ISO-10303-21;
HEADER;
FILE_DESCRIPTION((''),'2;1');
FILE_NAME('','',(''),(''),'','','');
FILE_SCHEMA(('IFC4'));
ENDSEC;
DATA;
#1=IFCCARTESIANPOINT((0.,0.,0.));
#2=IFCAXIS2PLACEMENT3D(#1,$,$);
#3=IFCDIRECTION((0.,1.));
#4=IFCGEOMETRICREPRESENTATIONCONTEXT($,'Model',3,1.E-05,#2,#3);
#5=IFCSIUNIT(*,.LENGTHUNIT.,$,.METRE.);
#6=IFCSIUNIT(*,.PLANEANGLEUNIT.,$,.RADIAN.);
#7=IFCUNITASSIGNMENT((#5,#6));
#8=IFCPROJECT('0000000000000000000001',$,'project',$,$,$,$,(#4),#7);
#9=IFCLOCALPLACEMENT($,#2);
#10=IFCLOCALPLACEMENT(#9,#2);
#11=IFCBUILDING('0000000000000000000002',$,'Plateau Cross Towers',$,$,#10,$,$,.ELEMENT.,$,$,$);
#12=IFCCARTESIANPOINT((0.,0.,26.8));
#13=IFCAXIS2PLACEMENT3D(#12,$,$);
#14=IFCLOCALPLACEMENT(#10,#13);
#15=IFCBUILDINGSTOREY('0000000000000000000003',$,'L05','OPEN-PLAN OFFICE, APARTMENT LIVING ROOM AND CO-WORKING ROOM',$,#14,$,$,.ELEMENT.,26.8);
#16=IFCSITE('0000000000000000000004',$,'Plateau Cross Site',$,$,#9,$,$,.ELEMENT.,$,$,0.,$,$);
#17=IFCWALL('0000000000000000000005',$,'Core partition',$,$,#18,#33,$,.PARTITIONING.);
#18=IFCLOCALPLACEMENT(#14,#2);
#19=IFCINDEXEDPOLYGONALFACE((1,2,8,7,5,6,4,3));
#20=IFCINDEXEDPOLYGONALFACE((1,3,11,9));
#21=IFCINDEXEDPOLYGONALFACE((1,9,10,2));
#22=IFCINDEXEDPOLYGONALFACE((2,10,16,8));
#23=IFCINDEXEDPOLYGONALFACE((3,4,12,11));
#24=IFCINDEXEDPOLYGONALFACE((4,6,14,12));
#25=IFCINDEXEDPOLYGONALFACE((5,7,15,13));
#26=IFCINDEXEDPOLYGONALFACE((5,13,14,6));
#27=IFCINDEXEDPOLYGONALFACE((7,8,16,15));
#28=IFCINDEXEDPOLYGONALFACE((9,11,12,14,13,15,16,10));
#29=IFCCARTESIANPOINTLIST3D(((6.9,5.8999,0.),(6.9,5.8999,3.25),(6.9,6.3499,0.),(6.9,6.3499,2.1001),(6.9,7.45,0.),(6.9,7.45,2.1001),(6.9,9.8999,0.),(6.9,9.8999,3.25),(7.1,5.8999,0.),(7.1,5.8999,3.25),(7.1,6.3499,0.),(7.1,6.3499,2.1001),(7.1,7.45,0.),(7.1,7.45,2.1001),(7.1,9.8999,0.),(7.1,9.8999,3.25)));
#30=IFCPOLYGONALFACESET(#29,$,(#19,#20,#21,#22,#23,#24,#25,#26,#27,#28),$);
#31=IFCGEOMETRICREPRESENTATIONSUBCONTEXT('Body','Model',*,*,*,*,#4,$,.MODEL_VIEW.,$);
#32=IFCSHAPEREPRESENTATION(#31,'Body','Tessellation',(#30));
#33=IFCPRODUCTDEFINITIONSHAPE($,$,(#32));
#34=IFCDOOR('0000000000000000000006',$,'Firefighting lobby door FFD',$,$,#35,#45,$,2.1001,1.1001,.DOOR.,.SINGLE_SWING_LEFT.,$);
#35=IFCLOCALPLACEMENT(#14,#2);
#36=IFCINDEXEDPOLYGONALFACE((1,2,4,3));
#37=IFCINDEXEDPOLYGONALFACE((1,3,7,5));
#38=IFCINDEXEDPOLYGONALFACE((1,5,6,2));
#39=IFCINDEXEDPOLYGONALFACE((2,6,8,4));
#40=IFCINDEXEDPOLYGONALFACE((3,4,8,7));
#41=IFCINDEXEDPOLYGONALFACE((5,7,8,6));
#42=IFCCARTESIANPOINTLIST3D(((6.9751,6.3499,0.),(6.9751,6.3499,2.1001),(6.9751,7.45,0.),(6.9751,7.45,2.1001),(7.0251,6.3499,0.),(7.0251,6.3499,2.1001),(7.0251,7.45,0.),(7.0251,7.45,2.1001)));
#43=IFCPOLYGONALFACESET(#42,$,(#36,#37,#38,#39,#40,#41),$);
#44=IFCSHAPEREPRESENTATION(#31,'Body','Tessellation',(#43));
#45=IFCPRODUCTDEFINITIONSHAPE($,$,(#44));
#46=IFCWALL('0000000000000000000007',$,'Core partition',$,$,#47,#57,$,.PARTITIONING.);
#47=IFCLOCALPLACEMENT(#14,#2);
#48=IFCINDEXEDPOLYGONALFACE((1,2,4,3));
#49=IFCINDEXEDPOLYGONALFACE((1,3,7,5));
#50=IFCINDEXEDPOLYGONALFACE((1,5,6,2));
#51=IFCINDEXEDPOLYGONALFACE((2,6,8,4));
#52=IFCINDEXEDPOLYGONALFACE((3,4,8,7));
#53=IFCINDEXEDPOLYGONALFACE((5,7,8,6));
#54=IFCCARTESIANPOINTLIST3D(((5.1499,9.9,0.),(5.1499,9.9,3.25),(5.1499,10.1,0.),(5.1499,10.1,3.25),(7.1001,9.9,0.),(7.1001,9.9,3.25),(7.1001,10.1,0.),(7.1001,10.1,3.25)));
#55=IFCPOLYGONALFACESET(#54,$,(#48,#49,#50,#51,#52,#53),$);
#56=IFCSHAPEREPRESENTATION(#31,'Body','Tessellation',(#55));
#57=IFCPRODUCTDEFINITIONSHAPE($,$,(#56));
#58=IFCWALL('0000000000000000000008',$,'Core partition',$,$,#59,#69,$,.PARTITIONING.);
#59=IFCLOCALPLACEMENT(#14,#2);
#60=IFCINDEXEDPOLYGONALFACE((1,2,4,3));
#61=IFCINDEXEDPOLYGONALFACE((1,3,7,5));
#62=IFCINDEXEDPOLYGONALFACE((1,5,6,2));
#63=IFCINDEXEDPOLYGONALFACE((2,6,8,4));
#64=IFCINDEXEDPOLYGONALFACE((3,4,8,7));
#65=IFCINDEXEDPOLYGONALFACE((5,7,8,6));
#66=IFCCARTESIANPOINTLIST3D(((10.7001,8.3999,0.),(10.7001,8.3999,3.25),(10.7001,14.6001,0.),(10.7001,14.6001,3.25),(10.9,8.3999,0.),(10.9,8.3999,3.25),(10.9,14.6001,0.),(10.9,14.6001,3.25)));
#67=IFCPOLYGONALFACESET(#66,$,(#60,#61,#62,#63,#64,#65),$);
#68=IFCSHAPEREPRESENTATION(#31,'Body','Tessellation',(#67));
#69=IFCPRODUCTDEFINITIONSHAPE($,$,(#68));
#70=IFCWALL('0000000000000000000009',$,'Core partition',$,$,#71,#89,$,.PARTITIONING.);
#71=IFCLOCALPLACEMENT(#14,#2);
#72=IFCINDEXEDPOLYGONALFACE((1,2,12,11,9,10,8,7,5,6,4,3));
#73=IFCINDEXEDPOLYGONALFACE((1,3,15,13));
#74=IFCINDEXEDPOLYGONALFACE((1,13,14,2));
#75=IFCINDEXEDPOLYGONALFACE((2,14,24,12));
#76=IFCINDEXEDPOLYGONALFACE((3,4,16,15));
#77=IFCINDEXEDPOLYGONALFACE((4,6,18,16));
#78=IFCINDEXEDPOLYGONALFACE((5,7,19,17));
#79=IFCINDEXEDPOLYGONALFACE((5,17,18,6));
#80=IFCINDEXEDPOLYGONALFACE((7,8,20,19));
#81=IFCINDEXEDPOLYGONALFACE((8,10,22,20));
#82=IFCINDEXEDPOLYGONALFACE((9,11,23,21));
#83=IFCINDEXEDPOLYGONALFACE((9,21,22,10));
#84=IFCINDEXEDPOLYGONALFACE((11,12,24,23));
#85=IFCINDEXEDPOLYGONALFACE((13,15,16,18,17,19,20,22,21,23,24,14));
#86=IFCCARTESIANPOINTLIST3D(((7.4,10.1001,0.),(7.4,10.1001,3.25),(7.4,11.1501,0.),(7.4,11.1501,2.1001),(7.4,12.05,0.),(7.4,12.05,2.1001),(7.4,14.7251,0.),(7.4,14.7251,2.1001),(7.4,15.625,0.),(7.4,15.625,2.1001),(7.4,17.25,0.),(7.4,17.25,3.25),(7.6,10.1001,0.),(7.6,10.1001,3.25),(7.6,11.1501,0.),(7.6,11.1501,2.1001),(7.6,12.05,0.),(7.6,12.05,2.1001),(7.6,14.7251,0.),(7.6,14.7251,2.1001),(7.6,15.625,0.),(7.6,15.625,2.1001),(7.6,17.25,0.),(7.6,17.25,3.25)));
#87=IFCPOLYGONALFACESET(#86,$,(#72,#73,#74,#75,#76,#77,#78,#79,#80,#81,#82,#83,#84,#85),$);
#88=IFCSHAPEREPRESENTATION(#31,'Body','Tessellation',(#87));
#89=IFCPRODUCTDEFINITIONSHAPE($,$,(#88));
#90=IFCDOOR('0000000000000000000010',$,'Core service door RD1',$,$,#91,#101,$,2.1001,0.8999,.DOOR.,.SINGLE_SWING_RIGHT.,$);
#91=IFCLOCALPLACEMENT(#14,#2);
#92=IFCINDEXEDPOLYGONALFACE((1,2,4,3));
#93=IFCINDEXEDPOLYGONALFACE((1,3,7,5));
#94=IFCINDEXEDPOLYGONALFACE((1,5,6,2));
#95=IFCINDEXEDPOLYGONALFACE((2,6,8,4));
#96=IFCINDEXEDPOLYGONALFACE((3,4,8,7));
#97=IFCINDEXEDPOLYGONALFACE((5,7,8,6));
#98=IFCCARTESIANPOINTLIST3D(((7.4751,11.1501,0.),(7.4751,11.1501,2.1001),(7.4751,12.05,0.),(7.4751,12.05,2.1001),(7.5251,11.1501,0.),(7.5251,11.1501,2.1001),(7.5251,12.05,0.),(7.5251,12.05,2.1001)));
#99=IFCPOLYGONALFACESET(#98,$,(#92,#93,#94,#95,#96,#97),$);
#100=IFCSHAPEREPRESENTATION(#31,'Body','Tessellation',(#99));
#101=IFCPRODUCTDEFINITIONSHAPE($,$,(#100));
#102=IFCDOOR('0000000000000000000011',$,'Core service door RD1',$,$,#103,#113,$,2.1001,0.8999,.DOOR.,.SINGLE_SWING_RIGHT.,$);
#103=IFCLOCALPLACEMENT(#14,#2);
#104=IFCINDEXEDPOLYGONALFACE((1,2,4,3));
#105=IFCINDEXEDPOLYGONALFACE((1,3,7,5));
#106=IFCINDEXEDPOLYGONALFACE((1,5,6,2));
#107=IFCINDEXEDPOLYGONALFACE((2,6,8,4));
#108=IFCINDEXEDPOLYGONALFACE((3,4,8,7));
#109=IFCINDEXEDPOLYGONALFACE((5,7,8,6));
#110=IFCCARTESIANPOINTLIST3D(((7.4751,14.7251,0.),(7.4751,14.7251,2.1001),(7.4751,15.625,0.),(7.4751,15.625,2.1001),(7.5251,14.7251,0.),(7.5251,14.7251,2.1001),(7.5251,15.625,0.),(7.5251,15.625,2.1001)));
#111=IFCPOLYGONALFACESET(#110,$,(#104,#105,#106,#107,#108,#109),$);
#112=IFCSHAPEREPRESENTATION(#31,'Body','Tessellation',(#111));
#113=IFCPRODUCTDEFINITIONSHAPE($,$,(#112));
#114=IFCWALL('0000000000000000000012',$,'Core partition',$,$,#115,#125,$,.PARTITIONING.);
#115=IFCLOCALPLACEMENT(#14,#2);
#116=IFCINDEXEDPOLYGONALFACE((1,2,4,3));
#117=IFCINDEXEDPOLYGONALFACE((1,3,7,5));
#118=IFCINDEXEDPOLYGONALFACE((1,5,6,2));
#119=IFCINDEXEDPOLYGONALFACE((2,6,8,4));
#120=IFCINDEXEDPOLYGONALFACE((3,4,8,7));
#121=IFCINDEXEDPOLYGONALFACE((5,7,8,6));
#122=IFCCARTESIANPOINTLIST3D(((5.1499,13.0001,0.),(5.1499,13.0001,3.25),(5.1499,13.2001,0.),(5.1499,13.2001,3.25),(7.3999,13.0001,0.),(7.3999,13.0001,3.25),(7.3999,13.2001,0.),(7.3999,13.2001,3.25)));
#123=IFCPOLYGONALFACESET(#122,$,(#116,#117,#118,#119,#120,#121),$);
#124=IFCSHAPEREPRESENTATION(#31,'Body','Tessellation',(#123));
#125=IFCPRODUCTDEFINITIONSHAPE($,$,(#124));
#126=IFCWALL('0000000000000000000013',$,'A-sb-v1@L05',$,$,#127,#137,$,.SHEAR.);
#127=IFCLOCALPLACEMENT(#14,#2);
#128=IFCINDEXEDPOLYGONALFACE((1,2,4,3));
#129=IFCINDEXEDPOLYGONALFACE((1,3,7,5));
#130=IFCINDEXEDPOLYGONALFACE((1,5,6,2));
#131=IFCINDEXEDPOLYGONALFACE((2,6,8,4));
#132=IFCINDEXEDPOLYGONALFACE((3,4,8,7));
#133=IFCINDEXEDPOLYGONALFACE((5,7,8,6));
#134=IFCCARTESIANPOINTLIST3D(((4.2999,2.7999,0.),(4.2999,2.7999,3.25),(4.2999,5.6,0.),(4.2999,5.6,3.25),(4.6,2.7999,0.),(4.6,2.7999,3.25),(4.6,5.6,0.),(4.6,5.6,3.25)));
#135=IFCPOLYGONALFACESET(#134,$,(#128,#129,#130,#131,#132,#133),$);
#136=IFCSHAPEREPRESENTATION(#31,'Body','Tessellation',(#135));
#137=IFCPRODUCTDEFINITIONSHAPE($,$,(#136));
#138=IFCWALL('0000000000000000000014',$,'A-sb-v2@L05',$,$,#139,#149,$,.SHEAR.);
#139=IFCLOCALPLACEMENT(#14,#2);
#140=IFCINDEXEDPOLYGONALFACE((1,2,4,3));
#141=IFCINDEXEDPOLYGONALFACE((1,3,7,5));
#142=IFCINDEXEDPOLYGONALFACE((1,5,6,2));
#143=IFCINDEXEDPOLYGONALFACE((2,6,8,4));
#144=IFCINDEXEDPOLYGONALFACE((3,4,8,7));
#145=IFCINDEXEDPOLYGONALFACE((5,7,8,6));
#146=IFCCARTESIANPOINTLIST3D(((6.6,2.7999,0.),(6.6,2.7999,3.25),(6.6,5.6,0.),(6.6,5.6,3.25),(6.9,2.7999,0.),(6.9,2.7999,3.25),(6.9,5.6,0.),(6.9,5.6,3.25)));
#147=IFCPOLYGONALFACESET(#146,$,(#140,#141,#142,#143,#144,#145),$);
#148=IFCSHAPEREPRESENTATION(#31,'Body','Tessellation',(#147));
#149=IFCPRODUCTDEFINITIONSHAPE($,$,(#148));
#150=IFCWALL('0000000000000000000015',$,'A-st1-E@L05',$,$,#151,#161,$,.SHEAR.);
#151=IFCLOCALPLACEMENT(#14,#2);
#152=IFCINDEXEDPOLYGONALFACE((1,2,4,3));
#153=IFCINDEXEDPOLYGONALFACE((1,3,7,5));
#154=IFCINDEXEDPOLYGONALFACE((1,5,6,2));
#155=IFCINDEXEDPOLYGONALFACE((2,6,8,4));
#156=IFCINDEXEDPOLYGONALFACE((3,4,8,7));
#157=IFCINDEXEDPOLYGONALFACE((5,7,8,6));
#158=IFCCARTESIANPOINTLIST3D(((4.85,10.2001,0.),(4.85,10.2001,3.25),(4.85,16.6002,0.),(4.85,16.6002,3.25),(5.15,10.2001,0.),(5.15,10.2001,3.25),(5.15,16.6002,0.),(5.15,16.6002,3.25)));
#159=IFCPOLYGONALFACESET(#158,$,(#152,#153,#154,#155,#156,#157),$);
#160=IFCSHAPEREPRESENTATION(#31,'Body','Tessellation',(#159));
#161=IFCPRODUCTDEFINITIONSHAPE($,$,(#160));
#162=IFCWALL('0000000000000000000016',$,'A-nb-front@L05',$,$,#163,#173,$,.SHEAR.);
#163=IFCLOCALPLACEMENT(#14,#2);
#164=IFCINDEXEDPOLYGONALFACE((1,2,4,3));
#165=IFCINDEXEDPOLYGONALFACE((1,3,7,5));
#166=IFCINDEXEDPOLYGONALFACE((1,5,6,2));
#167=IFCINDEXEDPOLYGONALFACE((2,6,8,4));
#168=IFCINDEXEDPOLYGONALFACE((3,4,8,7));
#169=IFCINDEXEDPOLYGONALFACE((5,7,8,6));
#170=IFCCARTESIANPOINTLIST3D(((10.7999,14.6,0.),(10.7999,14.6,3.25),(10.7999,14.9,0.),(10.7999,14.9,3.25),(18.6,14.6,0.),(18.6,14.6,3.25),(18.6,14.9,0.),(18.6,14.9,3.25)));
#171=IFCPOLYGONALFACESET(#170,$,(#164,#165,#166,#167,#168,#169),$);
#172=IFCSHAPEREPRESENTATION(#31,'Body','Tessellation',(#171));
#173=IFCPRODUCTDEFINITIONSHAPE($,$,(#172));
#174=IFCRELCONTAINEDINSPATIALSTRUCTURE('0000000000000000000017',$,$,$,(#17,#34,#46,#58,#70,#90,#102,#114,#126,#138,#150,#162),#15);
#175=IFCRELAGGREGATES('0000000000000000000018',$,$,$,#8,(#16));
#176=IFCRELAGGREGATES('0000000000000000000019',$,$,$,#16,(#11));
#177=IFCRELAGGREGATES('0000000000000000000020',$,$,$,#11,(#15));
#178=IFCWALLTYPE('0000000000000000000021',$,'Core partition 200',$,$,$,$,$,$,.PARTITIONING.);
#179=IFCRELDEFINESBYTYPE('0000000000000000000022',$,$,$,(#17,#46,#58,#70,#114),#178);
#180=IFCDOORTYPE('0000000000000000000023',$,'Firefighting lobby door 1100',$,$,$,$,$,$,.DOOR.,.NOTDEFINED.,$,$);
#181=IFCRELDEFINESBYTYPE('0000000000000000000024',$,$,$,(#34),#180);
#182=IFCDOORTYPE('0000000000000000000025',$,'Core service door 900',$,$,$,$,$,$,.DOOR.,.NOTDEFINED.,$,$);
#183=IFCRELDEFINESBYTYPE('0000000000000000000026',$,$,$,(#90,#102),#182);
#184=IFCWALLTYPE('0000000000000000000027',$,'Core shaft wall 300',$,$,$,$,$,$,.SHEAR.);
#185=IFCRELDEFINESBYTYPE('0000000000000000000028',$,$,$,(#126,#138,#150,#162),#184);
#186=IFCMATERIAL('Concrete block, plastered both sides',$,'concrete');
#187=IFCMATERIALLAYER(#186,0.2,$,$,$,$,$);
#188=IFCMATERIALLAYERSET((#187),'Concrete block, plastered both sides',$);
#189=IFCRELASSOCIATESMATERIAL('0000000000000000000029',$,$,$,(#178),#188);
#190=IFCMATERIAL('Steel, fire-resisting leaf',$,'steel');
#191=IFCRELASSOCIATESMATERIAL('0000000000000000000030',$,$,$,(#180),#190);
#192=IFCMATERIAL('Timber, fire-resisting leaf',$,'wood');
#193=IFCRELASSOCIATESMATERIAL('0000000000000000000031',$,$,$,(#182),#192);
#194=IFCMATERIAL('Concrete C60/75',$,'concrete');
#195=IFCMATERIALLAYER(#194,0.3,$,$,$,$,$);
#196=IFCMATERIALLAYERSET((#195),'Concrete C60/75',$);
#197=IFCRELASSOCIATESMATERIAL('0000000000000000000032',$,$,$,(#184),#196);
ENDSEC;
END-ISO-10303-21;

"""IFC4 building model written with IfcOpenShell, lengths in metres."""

from ifc_helpers import new_model, si_unit, direction, frame, frame_2d, origin, place, context, subcontext, project, spatial, rectangle, extrude, material, layer, layer_set, type_object, element, fill, save


model = new_model("IFC4")

# Units and contexts
model_context = context("Model", 3, precision=1e-05, world=origin(), true_north=direction((0.0, 1.0)))
body_context = subcontext(model_context, "Body", "Model", "MODEL_VIEW")
ifc_project = project(units=[si_unit("LENGTHUNIT", "METRE"), si_unit("PLANEANGLEUNIT", "RADIAN")], contexts=[model_context])

# Site, building, storey
site_placement = place(None, origin())
site = spatial("IfcSite", under=ifc_project, at=site_placement, Name="Plateau Cross Site", CompositionType="ELEMENT", RefElevation=0.0)
building_placement = place(site_placement, origin())
building = spatial("IfcBuilding", under=site, at=building_placement, Name="Plateau Cross Towers", CompositionType="ELEMENT")
storey_placement = place(building_placement, frame((0.0, 0.0, 26.8)))
storey = spatial("IfcBuildingStorey", under=building, at=storey_placement, Name="L05", Description="OPEN-PLAN OFFICE, APARTMENT LIVING ROOM AND CO-WORKING ROOM", CompositionType="ELEMENT", Elevation=26.8)

# Wall, opening, door
ifc_material_1 = material(Name="Concrete block, plastered both sides", Category="concrete")
ifc_layer_1 = layer(ifc_material_1, 0.2)
ifc_layer_set_1 = layer_set([ifc_layer_1], Name="Concrete block, plastered both sides")
wall_type_1 = type_object("IfcWallType", Name="Core partition 200", PredefinedType="PARTITIONING", material=ifc_layer_set_1)
wall_1_placement = place(storey_placement, frame((7.0, 5.8999, 0.0), z_axis=(0.0, 0.0, 1.0), x_axis=(0.0, 1.0, 0.0)))
wall_1 = element("IfcWall", 1, at=wall_1_placement, inside=storey, type_object=wall_type_1, Name="Core partition", PredefinedType="PARTITIONING", context=body_context, shape_type="SweptSolid", body=[
    extrude(rectangle(XDim=4.0, YDim=0.2, at=frame_2d((2.0, 0.0))), origin(), (0.0, 0.0, 1.0), 3.25),
])
opening_1_placement = place(wall_1_placement, frame((0.45, 0.0, 0.0)))
opening_1 = element("IfcOpeningElement", 2, at=opening_1_placement, cuts=wall_1, PredefinedType="OPENING", context=body_context, shape_type="SweptSolid", body=[
    extrude(rectangle(XDim=1.1001, YDim=2.1001, at=frame_2d((0.55, 1.05))), frame((0.0, 0.1099, 0.0), z_axis=(0.0, -1.0, 0.0), x_axis=(1.0, 0.0, 0.0)), (0.0, 0.0, 1.0), 0.22),
])
ifc_material_2 = material(Name="Steel, fire-resisting leaf", Category="steel")
door_type_1 = type_object("IfcDoorType", Name="Firefighting lobby door 1100", OperationType="NOTDEFINED", PredefinedType="DOOR", material=ifc_material_2)
door_1_placement = place(opening_1_placement, origin())
door_1 = element("IfcDoor", 3, at=door_1_placement, inside=storey, type_object=door_type_1, Name="Firefighting lobby door FFD", OperationType="SINGLE_SWING_LEFT", OverallHeight=2.1001, OverallWidth=1.1001, PredefinedType="DOOR", context=body_context, shape_type="SweptSolid", body=[
    extrude(rectangle(XDim=1.1001, YDim=2.1001, at=frame_2d((0.55, 1.05))), frame((0.0, 0.0249, 0.0), z_axis=(0.0, -1.0, 0.0), x_axis=(1.0, 0.0, 0.0)), (0.0, 0.0, 1.0), 0.05),
])
fill(opening_1, door_1)

# Walls
wall_2_placement = place(storey_placement, frame((5.1499, 10.0, 0.0), z_axis=(0.0, 0.0, 1.0), x_axis=(1.0, 0.0, 0.0)))
element("IfcWall", 4, at=wall_2_placement, inside=storey, type_object=wall_type_1, Name="Core partition", PredefinedType="PARTITIONING", context=body_context, shape_type="SweptSolid", body=[
    extrude(rectangle(XDim=1.9502, YDim=0.2, at=frame_2d((0.9751, 0.0))), origin(), (0.0, 0.0, 1.0), 3.25),
])
wall_3_placement = place(storey_placement, frame((10.8, 8.3999, 0.0), z_axis=(0.0, 0.0, 1.0), x_axis=(0.0, 1.0, 0.0)))
element("IfcWall", 5, at=wall_3_placement, inside=storey, type_object=wall_type_1, Name="Core partition", PredefinedType="PARTITIONING", context=body_context, shape_type="SweptSolid", body=[
    extrude(rectangle(XDim=6.2002, YDim=0.2, at=frame_2d((3.1001, 0.0))), origin(), (0.0, 0.0, 1.0), 3.25),
])

# Wall, openings, doors
wall_4_placement = place(storey_placement, frame((7.5, 10.1001, 0.0), z_axis=(0.0, 0.0, 1.0), x_axis=(0.0, 1.0, 0.0)))
wall_4 = element("IfcWall", 6, at=wall_4_placement, inside=storey, type_object=wall_type_1, Name="Core partition", PredefinedType="PARTITIONING", context=body_context, shape_type="SweptSolid", body=[
    extrude(rectangle(XDim=7.1499, YDim=0.2, at=frame_2d((3.575, 0.0))), origin(), (0.0, 0.0, 1.0), 3.25),
])
opening_2_placement = place(wall_4_placement, frame((1.05, 0.0, 0.0)))
opening_2 = element("IfcOpeningElement", 7, at=opening_2_placement, cuts=wall_4, PredefinedType="OPENING", context=body_context, shape_type="SweptSolid", body=[
    extrude(rectangle(XDim=0.8999, YDim=2.1001, at=frame_2d((0.45, 1.05))), frame((0.0, 0.1099, 0.0), z_axis=(0.0, -1.0, 0.0), x_axis=(1.0, 0.0, 0.0)), (0.0, 0.0, 1.0), 0.22),
])
opening_3_placement = place(wall_4_placement, frame((4.625, 0.0, 0.0)))
opening_3 = element("IfcOpeningElement", 8, at=opening_3_placement, cuts=wall_4, PredefinedType="OPENING", context=body_context, shape_type="SweptSolid", body=[
    extrude(rectangle(XDim=0.8999, YDim=2.1001, at=frame_2d((0.45, 1.05))), frame((0.0, 0.1099, 0.0), z_axis=(0.0, -1.0, 0.0), x_axis=(1.0, 0.0, 0.0)), (0.0, 0.0, 1.0), 0.22),
])
ifc_material_3 = material(Name="Timber, fire-resisting leaf", Category="wood")
door_type_2 = type_object("IfcDoorType", Name="Core service door 900", OperationType="NOTDEFINED", PredefinedType="DOOR", material=ifc_material_3)
door_2_placement = place(opening_2_placement, origin())
door_2 = element("IfcDoor", 9, at=door_2_placement, inside=storey, type_object=door_type_2, Name="Core service door RD1", OperationType="SINGLE_SWING_RIGHT", OverallHeight=2.1001, OverallWidth=0.8999, PredefinedType="DOOR", context=body_context, shape_type="SweptSolid", body=[
    extrude(rectangle(XDim=0.8999, YDim=2.1001, at=frame_2d((0.45, 1.05))), frame((0.0, 0.0249, 0.0), z_axis=(0.0, -1.0, 0.0), x_axis=(1.0, 0.0, 0.0)), (0.0, 0.0, 1.0), 0.05),
])
fill(opening_2, door_2)
door_3_placement = place(opening_3_placement, origin())
door_3 = element("IfcDoor", 10, at=door_3_placement, inside=storey, type_object=door_type_2, Name="Core service door RD1", OperationType="SINGLE_SWING_RIGHT", OverallHeight=2.1001, OverallWidth=0.8999, PredefinedType="DOOR", context=body_context, shape_type="SweptSolid", body=[
    extrude(rectangle(XDim=0.8999, YDim=2.1001, at=frame_2d((0.45, 1.05))), frame((0.0, 0.0249, 0.0), z_axis=(0.0, -1.0, 0.0), x_axis=(1.0, 0.0, 0.0)), (0.0, 0.0, 1.0), 0.05),
])
fill(opening_3, door_3)

# Walls
wall_5_placement = place(storey_placement, frame((5.1499, 13.1001, 0.0), z_axis=(0.0, 0.0, 1.0), x_axis=(1.0, 0.0, 0.0)))
element("IfcWall", 11, at=wall_5_placement, inside=storey, type_object=wall_type_1, Name="Core partition", PredefinedType="PARTITIONING", context=body_context, shape_type="SweptSolid", body=[
    extrude(rectangle(XDim=2.25, YDim=0.2, at=frame_2d((1.125, 0.0))), origin(), (0.0, 0.0, 1.0), 3.25),
])
ifc_material_4 = material(Name="Concrete C60/75", Category="concrete")
ifc_layer_2 = layer(ifc_material_4, 0.3)
ifc_layer_set_2 = layer_set([ifc_layer_2], Name="Concrete C60/75")
wall_type_2 = type_object("IfcWallType", Name="Core shaft wall 300", PredefinedType="SHEAR", material=ifc_layer_set_2)
for number, where, z_axis, x_axis, name in (
    (12, (4.45, 2.8, 0.0), (0.0, 0.0, 1.0), (0.0, 1.0, 0.0), "A-sb-v1@L05"),
    (13, (6.75, 2.8, 0.0), (0.0, 0.0, 1.0), (0.0, 1.0, 0.0), "A-sb-v2@L05"),
):
    element("IfcWall", number, at=place(storey_placement, frame(where, z_axis=z_axis, x_axis=x_axis)), inside=storey, type_object=wall_type_2, Name=name, PredefinedType="SHEAR", context=body_context, shape_type="SweptSolid", body=[
        extrude(rectangle(XDim=2.8, YDim=0.3, at=frame_2d((1.3999, 0.0))), origin(), (0.0, 0.0, 1.0), 3.25),
    ])
wall_6_placement = place(storey_placement, frame((5.0, 10.2, 0.0), z_axis=(0.0, 0.0, 1.0), x_axis=(0.0, 1.0, 0.0)))
element("IfcWall", 14, at=wall_6_placement, inside=storey, type_object=wall_type_2, Name="A-st1-E@L05", PredefinedType="SHEAR", context=body_context, shape_type="SweptSolid", body=[
    extrude(rectangle(XDim=6.4001, YDim=0.3, at=frame_2d((3.2002, 0.0))), origin(), (0.0, 0.0, 1.0), 3.25),
])
wall_7_placement = place(storey_placement, frame((10.8, 14.75, 0.0), z_axis=(0.0, 0.0, 1.0), x_axis=(1.0, 0.0, 0.0)))
element("IfcWall", 15, at=wall_7_placement, inside=storey, type_object=wall_type_2, Name="A-nb-front@L05", PredefinedType="SHEAR", context=body_context, shape_type="SweptSolid", body=[
    extrude(rectangle(XDim=7.8, YDim=0.3, at=frame_2d((3.8999, 0.0))), origin(), (0.0, 0.0, 1.0), 3.25),
])

save(model, "model.ifc")
